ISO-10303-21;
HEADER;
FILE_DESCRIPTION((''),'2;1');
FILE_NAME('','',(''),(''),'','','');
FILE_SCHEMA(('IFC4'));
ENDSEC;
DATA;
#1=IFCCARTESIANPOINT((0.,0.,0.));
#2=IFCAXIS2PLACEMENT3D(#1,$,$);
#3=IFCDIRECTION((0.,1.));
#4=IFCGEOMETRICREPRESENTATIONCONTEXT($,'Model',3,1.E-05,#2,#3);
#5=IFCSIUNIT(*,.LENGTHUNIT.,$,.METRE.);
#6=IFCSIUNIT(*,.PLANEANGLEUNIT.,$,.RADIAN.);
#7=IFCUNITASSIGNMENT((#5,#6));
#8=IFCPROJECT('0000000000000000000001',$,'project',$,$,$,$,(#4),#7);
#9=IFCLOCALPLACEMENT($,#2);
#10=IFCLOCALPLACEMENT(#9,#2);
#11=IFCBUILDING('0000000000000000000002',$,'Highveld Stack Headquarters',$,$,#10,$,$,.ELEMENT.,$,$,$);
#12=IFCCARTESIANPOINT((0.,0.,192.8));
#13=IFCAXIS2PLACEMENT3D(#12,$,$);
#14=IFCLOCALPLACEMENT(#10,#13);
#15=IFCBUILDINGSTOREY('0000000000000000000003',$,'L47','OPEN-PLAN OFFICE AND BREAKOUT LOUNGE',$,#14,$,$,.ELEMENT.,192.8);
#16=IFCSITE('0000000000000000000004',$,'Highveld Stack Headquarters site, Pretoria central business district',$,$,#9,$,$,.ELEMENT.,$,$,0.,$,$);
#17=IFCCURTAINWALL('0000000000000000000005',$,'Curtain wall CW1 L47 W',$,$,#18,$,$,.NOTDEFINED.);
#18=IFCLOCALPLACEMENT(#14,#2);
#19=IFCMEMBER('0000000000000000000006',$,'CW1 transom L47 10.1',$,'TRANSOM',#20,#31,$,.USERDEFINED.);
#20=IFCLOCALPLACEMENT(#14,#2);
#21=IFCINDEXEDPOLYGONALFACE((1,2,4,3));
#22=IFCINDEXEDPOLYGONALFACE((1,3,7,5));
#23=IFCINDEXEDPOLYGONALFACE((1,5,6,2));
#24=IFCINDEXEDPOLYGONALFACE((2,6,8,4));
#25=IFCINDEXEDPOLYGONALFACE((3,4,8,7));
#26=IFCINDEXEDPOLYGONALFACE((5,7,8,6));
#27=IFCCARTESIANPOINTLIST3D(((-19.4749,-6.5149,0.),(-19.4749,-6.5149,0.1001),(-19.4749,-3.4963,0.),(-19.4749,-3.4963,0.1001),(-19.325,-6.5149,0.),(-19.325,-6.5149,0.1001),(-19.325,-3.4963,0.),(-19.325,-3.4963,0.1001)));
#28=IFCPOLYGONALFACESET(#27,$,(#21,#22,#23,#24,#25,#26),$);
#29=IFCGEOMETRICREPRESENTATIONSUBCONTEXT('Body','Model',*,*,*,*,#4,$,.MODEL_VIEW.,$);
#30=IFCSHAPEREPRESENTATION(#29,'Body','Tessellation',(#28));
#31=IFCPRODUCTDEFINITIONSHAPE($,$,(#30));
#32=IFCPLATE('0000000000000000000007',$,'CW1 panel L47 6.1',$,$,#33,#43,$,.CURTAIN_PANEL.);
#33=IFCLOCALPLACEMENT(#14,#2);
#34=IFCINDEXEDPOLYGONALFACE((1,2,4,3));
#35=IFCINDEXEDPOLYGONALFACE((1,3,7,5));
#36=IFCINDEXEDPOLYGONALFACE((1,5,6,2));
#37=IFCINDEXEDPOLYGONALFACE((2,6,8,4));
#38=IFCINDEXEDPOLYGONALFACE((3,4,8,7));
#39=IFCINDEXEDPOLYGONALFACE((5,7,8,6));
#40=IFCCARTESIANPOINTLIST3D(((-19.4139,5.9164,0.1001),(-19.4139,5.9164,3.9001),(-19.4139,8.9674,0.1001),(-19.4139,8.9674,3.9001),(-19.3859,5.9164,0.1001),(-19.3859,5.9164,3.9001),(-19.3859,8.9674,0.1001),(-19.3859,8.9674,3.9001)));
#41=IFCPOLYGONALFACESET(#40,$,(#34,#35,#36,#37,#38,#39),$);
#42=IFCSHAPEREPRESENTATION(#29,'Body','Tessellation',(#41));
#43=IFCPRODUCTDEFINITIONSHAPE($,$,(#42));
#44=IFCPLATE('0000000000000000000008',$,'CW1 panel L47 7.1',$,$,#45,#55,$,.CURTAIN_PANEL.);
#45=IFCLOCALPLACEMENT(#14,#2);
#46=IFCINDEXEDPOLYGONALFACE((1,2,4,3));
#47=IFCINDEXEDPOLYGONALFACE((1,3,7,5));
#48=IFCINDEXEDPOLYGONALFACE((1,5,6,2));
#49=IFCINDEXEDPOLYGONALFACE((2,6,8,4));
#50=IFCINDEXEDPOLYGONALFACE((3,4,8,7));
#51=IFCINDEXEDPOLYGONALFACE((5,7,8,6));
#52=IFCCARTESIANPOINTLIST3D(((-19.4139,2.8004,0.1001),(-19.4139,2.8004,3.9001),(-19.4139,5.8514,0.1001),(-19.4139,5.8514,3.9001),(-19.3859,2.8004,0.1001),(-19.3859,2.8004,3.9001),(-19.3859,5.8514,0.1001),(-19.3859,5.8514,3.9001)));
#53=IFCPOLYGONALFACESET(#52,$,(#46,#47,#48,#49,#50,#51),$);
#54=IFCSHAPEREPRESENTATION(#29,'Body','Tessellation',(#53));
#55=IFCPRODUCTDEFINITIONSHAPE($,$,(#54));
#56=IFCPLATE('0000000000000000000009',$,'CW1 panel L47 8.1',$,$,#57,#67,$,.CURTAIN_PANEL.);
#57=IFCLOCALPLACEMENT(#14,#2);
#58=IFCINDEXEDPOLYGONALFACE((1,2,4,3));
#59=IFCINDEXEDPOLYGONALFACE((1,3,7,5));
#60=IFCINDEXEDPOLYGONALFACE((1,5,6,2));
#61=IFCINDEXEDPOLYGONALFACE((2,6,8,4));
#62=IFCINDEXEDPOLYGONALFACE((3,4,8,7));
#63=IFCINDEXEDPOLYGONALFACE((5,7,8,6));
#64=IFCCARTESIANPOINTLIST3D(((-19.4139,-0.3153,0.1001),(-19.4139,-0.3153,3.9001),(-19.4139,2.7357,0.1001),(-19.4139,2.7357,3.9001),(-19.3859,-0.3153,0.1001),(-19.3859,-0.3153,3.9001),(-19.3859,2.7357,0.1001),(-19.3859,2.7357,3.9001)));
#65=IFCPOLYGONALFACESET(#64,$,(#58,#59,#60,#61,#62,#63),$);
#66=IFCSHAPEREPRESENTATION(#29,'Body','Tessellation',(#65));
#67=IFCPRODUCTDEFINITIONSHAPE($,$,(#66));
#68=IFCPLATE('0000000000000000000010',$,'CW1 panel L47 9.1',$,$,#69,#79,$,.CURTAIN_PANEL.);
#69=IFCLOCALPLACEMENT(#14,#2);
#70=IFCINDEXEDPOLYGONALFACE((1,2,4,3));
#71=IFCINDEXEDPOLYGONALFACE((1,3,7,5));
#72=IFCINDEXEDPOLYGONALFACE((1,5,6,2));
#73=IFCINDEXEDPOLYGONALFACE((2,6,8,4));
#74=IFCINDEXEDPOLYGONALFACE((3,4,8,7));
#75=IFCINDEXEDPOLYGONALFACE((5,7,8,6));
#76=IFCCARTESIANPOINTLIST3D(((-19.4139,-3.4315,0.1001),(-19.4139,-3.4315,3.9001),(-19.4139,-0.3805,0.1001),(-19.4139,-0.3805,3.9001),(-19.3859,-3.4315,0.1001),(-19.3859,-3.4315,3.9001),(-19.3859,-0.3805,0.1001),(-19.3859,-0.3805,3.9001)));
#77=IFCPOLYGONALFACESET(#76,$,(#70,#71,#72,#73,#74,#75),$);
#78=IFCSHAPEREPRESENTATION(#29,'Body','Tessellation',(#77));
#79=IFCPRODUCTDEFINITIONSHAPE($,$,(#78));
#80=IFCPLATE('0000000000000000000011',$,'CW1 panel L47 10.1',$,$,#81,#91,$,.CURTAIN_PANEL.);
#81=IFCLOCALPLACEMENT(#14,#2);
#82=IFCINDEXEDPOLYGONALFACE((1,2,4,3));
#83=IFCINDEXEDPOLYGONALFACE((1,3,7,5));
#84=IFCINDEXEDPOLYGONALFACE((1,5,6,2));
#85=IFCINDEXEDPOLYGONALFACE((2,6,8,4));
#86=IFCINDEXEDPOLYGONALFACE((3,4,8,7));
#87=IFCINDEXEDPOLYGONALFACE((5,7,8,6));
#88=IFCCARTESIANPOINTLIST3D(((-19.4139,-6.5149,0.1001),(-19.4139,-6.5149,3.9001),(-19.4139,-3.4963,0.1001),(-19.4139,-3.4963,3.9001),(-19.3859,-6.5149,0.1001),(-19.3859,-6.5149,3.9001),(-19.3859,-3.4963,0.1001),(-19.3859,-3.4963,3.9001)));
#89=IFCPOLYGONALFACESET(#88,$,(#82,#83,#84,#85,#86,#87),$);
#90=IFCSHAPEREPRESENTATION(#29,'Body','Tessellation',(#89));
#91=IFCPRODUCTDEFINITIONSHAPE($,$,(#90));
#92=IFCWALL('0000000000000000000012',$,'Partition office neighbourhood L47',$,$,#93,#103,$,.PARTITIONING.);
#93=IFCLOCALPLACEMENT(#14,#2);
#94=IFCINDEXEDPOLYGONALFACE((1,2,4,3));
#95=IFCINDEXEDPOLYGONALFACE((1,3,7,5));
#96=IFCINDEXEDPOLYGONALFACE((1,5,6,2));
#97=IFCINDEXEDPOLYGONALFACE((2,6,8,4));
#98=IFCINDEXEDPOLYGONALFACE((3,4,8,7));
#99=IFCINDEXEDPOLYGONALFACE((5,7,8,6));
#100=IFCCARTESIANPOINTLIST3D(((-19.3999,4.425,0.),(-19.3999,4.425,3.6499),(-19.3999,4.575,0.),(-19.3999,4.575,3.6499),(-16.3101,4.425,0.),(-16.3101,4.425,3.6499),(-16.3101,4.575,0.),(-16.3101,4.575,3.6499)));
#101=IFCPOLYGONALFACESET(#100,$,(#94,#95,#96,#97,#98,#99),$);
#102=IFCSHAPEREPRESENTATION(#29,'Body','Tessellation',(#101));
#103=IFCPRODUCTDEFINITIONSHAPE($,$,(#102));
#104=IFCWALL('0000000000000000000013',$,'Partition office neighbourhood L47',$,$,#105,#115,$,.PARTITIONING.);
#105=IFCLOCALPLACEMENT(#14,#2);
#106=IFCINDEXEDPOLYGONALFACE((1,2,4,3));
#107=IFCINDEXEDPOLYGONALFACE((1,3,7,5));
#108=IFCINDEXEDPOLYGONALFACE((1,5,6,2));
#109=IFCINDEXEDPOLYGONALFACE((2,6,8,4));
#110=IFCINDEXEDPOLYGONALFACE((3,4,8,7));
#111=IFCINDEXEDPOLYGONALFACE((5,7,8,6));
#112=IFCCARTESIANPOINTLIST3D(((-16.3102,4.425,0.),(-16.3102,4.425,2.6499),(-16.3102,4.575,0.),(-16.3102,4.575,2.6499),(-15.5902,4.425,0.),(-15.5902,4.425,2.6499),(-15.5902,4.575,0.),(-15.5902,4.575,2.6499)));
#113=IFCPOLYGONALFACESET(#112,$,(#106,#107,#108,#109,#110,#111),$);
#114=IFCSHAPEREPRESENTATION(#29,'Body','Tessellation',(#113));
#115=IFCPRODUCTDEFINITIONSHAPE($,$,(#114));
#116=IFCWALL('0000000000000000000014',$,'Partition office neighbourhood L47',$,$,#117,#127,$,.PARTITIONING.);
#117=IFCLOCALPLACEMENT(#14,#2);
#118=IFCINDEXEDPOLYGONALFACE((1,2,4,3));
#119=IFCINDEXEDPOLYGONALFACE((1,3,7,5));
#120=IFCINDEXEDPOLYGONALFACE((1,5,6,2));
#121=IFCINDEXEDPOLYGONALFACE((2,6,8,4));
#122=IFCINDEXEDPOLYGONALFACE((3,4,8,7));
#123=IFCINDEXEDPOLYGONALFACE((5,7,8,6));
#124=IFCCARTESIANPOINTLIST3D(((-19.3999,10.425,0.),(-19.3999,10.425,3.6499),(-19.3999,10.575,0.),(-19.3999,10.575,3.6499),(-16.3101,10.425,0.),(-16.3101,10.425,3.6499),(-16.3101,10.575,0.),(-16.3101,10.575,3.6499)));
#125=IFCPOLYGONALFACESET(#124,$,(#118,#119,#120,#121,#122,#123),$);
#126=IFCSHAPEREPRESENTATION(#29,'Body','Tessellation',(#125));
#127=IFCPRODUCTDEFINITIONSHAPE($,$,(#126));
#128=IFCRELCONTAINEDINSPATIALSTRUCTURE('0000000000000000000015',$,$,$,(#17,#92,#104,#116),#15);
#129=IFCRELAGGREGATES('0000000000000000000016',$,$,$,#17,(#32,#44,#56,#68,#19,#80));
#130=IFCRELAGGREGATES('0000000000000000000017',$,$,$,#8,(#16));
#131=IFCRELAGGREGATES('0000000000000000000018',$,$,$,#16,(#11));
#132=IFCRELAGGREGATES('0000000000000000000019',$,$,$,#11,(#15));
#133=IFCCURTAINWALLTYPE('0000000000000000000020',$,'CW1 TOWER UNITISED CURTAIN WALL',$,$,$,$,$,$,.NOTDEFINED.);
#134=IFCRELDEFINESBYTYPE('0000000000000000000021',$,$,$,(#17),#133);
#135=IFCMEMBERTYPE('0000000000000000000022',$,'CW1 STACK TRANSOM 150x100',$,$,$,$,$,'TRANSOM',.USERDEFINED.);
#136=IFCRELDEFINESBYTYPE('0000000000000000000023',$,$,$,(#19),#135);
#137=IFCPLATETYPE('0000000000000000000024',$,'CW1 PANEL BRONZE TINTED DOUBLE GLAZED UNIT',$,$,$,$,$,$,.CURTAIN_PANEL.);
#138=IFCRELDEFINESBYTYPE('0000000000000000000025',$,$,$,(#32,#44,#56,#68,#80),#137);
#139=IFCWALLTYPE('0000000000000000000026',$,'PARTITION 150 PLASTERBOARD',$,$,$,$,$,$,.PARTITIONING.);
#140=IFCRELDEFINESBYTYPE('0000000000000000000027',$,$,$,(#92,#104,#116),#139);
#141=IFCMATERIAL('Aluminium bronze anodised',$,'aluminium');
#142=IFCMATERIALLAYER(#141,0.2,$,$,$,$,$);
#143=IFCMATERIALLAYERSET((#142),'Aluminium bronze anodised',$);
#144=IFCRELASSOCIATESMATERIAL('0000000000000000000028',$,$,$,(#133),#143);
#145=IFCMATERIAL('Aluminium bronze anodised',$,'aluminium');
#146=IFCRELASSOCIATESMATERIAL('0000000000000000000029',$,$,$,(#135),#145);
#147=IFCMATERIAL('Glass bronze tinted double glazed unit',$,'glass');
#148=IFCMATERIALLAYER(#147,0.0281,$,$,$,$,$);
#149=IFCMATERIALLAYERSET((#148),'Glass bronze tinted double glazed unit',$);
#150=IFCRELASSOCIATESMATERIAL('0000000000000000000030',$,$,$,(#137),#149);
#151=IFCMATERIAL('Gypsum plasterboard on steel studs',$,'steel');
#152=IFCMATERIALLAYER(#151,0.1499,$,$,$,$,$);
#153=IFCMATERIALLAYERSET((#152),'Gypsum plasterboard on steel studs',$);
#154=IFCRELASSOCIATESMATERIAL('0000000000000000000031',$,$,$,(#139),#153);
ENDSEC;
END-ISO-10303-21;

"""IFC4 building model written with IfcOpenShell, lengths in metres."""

from ifc_helpers import new_model, si_unit, direction, frame, frame_2d, origin, origin_2d, place, context, subcontext, project, spatial, rectangle, extrude, material, layer, layer_set, material_profile, profile_set, type_object, element, aggregate, save


model = new_model("IFC4")

# Units and contexts
model_context = context("Model", 3, precision=1e-05, world=origin(), true_north=direction((0.0, 1.0)))
body_context = subcontext(model_context, "Body", "Model", "MODEL_VIEW")
ifc_project = project(units=[si_unit("LENGTHUNIT", "METRE"), si_unit("PLANEANGLEUNIT", "RADIAN")], contexts=[model_context])

# Site, building, storey
site_placement = place(None, origin())
site = spatial("IfcSite", under=ifc_project, at=site_placement, Name="Highveld Stack Headquarters site, Pretoria central business district", CompositionType="ELEMENT", RefElevation=0.0)
building_placement = place(site_placement, origin())
building = spatial("IfcBuilding", under=site, at=building_placement, Name="Highveld Stack Headquarters", CompositionType="ELEMENT")
storey_placement = place(building_placement, frame((0.0, 0.0, 192.8)))
storey = spatial("IfcBuildingStorey", under=building, at=storey_placement, Name="L47", Description="OPEN-PLAN OFFICE AND BREAKOUT LOUNGE", CompositionType="ELEMENT", Elevation=192.8)

# Curtain wall, member, plates
ifc_material_1 = material(Name="Aluminium bronze anodised", Category="aluminium")
ifc_layer_1 = layer(ifc_material_1, 0.2)
ifc_layer_set_1 = layer_set([ifc_layer_1], Name="Aluminium bronze anodised")
curtain_wall_type = type_object("IfcCurtainWallType", Name="CW1 TOWER UNITISED CURTAIN WALL", PredefinedType="NOTDEFINED", material=ifc_layer_set_1)
curtain_wall_placement = place(storey_placement, origin())
curtain_wall = element("IfcCurtainWall", 1, at=curtain_wall_placement, inside=storey, type_object=curtain_wall_type, Name="Curtain wall CW1 L47 W", PredefinedType="NOTDEFINED")
ifc_material_2 = material(Name="Aluminium bronze anodised", Category="aluminium")
ifc_material_profile_1 = material_profile(ifc_material_2, rectangle(XDim=0.1499, YDim=0.1001, at=origin_2d()), Name="CW1 TRANSOM 150x100")
ifc_profile_set_1 = profile_set([ifc_material_profile_1], Name="Aluminium bronze anodised")
member_type_1 = type_object("IfcMemberType", Name="CW1 STACK TRANSOM 150x100", ElementType="TRANSOM", PredefinedType="USERDEFINED", material=ifc_profile_set_1)
member_1_placement = place(storey_placement, frame((-19.3999, -3.4963, 0.05), z_axis=(0.0, -1.0, 0.0), x_axis=(1.0, 0.0, 0.0)))
member_1 = element("IfcMember", 2, at=member_1_placement, type_object=member_type_1, Name="CW1 transom L47 10.1", ObjectType="TRANSOM", PredefinedType="USERDEFINED", context=body_context, shape_type="SweptSolid", body=[
    extrude(rectangle(XDim=0.1499, YDim=0.1001, at=origin_2d()), origin(), (0.0, 0.0, 1.0), 3.0186),
])
ifc_material_3 = material(Name="Glass bronze tinted double glazed unit", Category="glass")
ifc_layer_2 = layer(ifc_material_3, 0.0281)
ifc_layer_set_2 = layer_set([ifc_layer_2], Name="Glass bronze tinted double glazed unit")
plate_type = type_object("IfcPlateType", Name="CW1 PANEL BRONZE TINTED DOUBLE GLAZED UNIT", PredefinedType="CURTAIN_PANEL", material=ifc_layer_set_2)
plate_1_placement = place(storey_placement, frame((-19.3999, 7.4419, 0.1001), z_axis=(0.0, 0.0, 1.0), x_axis=(0.0, -1.0, 0.0)))
plate_1 = element("IfcPlate", 3, at=plate_1_placement, type_object=plate_type, Name="CW1 panel L47 6.1", PredefinedType="CURTAIN_PANEL", context=body_context, shape_type="SweptSolid", body=[
    extrude(rectangle(XDim=3.051, YDim=0.0281, at=origin_2d()), origin(), (0.0, 0.0, 1.0), 3.8),
])
plate_2_placement = place(storey_placement, frame((-19.3999, 4.3259, 0.1001), z_axis=(0.0, 0.0, 1.0), x_axis=(0.0, -1.0, 0.0)))
plate_2 = element("IfcPlate", 4, at=plate_2_placement, type_object=plate_type, Name="CW1 panel L47 7.1", PredefinedType="CURTAIN_PANEL", context=body_context, shape_type="SweptSolid", body=[
    extrude(rectangle(XDim=3.051, YDim=0.0281, at=origin_2d()), origin(), (0.0, 0.0, 1.0), 3.8),
])
plate_3_placement = place(storey_placement, frame((-19.3999, 1.2102, 0.1001), z_axis=(0.0, 0.0, 1.0), x_axis=(0.0, -1.0, 0.0)))
plate_3 = element("IfcPlate", 5, at=plate_3_placement, type_object=plate_type, Name="CW1 panel L47 8.1", PredefinedType="CURTAIN_PANEL", context=body_context, shape_type="SweptSolid", body=[
    extrude(rectangle(XDim=3.051, YDim=0.0281, at=origin_2d()), origin(), (0.0, 0.0, 1.0), 3.8),
])
plate_4_placement = place(storey_placement, frame((-19.3999, -1.906, 0.1001), z_axis=(0.0, 0.0, 1.0), x_axis=(0.0, -1.0, 0.0)))
plate_4 = element("IfcPlate", 6, at=plate_4_placement, type_object=plate_type, Name="CW1 panel L47 9.1", PredefinedType="CURTAIN_PANEL", context=body_context, shape_type="SweptSolid", body=[
    extrude(rectangle(XDim=3.051, YDim=0.0281, at=origin_2d()), origin(), (0.0, 0.0, 1.0), 3.8),
])
plate_5_placement = place(storey_placement, frame((-19.3999, -5.0056, 0.1001), z_axis=(0.0, 0.0, 1.0), x_axis=(0.0, -1.0, 0.0)))
plate_5 = element("IfcPlate", 7, at=plate_5_placement, type_object=plate_type, Name="CW1 panel L47 10.1", PredefinedType="CURTAIN_PANEL", context=body_context, shape_type="SweptSolid", body=[
    extrude(rectangle(XDim=3.0186, YDim=0.0281, at=origin_2d()), origin(), (0.0, 0.0, 1.0), 3.8),
])
aggregate(curtain_wall, [plate_1, plate_2, plate_3, plate_4, member_1, plate_5])

# Walls
ifc_material_4 = material(Name="Gypsum plasterboard on steel studs", Category="steel")
ifc_layer_3 = layer(ifc_material_4, 0.1499)
ifc_layer_set_3 = layer_set([ifc_layer_3], Name="Gypsum plasterboard on steel studs")
wall_type = type_object("IfcWallType", Name="PARTITION 150 PLASTERBOARD", PredefinedType="PARTITIONING", material=ifc_layer_set_3)
wall_1_placement = place(storey_placement, frame((-19.3999, 4.5, 0.0), z_axis=(0.0, 0.0, 1.0), x_axis=(1.0, 0.0, 0.0)))
element("IfcWall", 8, at=wall_1_placement, inside=storey, type_object=wall_type, Name="Partition office neighbourhood L47", PredefinedType="PARTITIONING", context=body_context, shape_type="SweptSolid", body=[
    extrude(rectangle(XDim=3.0898, YDim=0.1499, at=frame_2d((1.5449, 0.0))), origin(), (0.0, 0.0, 1.0), 3.6499),
])
wall_2_placement = place(storey_placement, frame((-16.3101, 4.5, 0.0), z_axis=(0.0, 0.0, 1.0), x_axis=(1.0, 0.0, 0.0)))
element("IfcWall", 9, at=wall_2_placement, inside=storey, type_object=wall_type, Name="Partition office neighbourhood L47", PredefinedType="PARTITIONING", context=body_context, shape_type="SweptSolid", body=[
    extrude(rectangle(XDim=0.72, YDim=0.1499, at=frame_2d((0.3599, 0.0))), origin(), (0.0, 0.0, 1.0), 2.6499),
])
wall_3_placement = place(storey_placement, frame((-19.3999, 10.5, 0.0), z_axis=(0.0, 0.0, 1.0), x_axis=(1.0, 0.0, 0.0)))
element("IfcWall", 10, at=wall_3_placement, inside=storey, type_object=wall_type, Name="Partition office neighbourhood L47", PredefinedType="PARTITIONING", context=body_context, shape_type="SweptSolid", body=[
    extrude(rectangle(XDim=3.0898, YDim=0.1499, at=frame_2d((1.5449, 0.0))), origin(), (0.0, 0.0, 1.0), 3.6499),
])

save(model, "model.ifc")
